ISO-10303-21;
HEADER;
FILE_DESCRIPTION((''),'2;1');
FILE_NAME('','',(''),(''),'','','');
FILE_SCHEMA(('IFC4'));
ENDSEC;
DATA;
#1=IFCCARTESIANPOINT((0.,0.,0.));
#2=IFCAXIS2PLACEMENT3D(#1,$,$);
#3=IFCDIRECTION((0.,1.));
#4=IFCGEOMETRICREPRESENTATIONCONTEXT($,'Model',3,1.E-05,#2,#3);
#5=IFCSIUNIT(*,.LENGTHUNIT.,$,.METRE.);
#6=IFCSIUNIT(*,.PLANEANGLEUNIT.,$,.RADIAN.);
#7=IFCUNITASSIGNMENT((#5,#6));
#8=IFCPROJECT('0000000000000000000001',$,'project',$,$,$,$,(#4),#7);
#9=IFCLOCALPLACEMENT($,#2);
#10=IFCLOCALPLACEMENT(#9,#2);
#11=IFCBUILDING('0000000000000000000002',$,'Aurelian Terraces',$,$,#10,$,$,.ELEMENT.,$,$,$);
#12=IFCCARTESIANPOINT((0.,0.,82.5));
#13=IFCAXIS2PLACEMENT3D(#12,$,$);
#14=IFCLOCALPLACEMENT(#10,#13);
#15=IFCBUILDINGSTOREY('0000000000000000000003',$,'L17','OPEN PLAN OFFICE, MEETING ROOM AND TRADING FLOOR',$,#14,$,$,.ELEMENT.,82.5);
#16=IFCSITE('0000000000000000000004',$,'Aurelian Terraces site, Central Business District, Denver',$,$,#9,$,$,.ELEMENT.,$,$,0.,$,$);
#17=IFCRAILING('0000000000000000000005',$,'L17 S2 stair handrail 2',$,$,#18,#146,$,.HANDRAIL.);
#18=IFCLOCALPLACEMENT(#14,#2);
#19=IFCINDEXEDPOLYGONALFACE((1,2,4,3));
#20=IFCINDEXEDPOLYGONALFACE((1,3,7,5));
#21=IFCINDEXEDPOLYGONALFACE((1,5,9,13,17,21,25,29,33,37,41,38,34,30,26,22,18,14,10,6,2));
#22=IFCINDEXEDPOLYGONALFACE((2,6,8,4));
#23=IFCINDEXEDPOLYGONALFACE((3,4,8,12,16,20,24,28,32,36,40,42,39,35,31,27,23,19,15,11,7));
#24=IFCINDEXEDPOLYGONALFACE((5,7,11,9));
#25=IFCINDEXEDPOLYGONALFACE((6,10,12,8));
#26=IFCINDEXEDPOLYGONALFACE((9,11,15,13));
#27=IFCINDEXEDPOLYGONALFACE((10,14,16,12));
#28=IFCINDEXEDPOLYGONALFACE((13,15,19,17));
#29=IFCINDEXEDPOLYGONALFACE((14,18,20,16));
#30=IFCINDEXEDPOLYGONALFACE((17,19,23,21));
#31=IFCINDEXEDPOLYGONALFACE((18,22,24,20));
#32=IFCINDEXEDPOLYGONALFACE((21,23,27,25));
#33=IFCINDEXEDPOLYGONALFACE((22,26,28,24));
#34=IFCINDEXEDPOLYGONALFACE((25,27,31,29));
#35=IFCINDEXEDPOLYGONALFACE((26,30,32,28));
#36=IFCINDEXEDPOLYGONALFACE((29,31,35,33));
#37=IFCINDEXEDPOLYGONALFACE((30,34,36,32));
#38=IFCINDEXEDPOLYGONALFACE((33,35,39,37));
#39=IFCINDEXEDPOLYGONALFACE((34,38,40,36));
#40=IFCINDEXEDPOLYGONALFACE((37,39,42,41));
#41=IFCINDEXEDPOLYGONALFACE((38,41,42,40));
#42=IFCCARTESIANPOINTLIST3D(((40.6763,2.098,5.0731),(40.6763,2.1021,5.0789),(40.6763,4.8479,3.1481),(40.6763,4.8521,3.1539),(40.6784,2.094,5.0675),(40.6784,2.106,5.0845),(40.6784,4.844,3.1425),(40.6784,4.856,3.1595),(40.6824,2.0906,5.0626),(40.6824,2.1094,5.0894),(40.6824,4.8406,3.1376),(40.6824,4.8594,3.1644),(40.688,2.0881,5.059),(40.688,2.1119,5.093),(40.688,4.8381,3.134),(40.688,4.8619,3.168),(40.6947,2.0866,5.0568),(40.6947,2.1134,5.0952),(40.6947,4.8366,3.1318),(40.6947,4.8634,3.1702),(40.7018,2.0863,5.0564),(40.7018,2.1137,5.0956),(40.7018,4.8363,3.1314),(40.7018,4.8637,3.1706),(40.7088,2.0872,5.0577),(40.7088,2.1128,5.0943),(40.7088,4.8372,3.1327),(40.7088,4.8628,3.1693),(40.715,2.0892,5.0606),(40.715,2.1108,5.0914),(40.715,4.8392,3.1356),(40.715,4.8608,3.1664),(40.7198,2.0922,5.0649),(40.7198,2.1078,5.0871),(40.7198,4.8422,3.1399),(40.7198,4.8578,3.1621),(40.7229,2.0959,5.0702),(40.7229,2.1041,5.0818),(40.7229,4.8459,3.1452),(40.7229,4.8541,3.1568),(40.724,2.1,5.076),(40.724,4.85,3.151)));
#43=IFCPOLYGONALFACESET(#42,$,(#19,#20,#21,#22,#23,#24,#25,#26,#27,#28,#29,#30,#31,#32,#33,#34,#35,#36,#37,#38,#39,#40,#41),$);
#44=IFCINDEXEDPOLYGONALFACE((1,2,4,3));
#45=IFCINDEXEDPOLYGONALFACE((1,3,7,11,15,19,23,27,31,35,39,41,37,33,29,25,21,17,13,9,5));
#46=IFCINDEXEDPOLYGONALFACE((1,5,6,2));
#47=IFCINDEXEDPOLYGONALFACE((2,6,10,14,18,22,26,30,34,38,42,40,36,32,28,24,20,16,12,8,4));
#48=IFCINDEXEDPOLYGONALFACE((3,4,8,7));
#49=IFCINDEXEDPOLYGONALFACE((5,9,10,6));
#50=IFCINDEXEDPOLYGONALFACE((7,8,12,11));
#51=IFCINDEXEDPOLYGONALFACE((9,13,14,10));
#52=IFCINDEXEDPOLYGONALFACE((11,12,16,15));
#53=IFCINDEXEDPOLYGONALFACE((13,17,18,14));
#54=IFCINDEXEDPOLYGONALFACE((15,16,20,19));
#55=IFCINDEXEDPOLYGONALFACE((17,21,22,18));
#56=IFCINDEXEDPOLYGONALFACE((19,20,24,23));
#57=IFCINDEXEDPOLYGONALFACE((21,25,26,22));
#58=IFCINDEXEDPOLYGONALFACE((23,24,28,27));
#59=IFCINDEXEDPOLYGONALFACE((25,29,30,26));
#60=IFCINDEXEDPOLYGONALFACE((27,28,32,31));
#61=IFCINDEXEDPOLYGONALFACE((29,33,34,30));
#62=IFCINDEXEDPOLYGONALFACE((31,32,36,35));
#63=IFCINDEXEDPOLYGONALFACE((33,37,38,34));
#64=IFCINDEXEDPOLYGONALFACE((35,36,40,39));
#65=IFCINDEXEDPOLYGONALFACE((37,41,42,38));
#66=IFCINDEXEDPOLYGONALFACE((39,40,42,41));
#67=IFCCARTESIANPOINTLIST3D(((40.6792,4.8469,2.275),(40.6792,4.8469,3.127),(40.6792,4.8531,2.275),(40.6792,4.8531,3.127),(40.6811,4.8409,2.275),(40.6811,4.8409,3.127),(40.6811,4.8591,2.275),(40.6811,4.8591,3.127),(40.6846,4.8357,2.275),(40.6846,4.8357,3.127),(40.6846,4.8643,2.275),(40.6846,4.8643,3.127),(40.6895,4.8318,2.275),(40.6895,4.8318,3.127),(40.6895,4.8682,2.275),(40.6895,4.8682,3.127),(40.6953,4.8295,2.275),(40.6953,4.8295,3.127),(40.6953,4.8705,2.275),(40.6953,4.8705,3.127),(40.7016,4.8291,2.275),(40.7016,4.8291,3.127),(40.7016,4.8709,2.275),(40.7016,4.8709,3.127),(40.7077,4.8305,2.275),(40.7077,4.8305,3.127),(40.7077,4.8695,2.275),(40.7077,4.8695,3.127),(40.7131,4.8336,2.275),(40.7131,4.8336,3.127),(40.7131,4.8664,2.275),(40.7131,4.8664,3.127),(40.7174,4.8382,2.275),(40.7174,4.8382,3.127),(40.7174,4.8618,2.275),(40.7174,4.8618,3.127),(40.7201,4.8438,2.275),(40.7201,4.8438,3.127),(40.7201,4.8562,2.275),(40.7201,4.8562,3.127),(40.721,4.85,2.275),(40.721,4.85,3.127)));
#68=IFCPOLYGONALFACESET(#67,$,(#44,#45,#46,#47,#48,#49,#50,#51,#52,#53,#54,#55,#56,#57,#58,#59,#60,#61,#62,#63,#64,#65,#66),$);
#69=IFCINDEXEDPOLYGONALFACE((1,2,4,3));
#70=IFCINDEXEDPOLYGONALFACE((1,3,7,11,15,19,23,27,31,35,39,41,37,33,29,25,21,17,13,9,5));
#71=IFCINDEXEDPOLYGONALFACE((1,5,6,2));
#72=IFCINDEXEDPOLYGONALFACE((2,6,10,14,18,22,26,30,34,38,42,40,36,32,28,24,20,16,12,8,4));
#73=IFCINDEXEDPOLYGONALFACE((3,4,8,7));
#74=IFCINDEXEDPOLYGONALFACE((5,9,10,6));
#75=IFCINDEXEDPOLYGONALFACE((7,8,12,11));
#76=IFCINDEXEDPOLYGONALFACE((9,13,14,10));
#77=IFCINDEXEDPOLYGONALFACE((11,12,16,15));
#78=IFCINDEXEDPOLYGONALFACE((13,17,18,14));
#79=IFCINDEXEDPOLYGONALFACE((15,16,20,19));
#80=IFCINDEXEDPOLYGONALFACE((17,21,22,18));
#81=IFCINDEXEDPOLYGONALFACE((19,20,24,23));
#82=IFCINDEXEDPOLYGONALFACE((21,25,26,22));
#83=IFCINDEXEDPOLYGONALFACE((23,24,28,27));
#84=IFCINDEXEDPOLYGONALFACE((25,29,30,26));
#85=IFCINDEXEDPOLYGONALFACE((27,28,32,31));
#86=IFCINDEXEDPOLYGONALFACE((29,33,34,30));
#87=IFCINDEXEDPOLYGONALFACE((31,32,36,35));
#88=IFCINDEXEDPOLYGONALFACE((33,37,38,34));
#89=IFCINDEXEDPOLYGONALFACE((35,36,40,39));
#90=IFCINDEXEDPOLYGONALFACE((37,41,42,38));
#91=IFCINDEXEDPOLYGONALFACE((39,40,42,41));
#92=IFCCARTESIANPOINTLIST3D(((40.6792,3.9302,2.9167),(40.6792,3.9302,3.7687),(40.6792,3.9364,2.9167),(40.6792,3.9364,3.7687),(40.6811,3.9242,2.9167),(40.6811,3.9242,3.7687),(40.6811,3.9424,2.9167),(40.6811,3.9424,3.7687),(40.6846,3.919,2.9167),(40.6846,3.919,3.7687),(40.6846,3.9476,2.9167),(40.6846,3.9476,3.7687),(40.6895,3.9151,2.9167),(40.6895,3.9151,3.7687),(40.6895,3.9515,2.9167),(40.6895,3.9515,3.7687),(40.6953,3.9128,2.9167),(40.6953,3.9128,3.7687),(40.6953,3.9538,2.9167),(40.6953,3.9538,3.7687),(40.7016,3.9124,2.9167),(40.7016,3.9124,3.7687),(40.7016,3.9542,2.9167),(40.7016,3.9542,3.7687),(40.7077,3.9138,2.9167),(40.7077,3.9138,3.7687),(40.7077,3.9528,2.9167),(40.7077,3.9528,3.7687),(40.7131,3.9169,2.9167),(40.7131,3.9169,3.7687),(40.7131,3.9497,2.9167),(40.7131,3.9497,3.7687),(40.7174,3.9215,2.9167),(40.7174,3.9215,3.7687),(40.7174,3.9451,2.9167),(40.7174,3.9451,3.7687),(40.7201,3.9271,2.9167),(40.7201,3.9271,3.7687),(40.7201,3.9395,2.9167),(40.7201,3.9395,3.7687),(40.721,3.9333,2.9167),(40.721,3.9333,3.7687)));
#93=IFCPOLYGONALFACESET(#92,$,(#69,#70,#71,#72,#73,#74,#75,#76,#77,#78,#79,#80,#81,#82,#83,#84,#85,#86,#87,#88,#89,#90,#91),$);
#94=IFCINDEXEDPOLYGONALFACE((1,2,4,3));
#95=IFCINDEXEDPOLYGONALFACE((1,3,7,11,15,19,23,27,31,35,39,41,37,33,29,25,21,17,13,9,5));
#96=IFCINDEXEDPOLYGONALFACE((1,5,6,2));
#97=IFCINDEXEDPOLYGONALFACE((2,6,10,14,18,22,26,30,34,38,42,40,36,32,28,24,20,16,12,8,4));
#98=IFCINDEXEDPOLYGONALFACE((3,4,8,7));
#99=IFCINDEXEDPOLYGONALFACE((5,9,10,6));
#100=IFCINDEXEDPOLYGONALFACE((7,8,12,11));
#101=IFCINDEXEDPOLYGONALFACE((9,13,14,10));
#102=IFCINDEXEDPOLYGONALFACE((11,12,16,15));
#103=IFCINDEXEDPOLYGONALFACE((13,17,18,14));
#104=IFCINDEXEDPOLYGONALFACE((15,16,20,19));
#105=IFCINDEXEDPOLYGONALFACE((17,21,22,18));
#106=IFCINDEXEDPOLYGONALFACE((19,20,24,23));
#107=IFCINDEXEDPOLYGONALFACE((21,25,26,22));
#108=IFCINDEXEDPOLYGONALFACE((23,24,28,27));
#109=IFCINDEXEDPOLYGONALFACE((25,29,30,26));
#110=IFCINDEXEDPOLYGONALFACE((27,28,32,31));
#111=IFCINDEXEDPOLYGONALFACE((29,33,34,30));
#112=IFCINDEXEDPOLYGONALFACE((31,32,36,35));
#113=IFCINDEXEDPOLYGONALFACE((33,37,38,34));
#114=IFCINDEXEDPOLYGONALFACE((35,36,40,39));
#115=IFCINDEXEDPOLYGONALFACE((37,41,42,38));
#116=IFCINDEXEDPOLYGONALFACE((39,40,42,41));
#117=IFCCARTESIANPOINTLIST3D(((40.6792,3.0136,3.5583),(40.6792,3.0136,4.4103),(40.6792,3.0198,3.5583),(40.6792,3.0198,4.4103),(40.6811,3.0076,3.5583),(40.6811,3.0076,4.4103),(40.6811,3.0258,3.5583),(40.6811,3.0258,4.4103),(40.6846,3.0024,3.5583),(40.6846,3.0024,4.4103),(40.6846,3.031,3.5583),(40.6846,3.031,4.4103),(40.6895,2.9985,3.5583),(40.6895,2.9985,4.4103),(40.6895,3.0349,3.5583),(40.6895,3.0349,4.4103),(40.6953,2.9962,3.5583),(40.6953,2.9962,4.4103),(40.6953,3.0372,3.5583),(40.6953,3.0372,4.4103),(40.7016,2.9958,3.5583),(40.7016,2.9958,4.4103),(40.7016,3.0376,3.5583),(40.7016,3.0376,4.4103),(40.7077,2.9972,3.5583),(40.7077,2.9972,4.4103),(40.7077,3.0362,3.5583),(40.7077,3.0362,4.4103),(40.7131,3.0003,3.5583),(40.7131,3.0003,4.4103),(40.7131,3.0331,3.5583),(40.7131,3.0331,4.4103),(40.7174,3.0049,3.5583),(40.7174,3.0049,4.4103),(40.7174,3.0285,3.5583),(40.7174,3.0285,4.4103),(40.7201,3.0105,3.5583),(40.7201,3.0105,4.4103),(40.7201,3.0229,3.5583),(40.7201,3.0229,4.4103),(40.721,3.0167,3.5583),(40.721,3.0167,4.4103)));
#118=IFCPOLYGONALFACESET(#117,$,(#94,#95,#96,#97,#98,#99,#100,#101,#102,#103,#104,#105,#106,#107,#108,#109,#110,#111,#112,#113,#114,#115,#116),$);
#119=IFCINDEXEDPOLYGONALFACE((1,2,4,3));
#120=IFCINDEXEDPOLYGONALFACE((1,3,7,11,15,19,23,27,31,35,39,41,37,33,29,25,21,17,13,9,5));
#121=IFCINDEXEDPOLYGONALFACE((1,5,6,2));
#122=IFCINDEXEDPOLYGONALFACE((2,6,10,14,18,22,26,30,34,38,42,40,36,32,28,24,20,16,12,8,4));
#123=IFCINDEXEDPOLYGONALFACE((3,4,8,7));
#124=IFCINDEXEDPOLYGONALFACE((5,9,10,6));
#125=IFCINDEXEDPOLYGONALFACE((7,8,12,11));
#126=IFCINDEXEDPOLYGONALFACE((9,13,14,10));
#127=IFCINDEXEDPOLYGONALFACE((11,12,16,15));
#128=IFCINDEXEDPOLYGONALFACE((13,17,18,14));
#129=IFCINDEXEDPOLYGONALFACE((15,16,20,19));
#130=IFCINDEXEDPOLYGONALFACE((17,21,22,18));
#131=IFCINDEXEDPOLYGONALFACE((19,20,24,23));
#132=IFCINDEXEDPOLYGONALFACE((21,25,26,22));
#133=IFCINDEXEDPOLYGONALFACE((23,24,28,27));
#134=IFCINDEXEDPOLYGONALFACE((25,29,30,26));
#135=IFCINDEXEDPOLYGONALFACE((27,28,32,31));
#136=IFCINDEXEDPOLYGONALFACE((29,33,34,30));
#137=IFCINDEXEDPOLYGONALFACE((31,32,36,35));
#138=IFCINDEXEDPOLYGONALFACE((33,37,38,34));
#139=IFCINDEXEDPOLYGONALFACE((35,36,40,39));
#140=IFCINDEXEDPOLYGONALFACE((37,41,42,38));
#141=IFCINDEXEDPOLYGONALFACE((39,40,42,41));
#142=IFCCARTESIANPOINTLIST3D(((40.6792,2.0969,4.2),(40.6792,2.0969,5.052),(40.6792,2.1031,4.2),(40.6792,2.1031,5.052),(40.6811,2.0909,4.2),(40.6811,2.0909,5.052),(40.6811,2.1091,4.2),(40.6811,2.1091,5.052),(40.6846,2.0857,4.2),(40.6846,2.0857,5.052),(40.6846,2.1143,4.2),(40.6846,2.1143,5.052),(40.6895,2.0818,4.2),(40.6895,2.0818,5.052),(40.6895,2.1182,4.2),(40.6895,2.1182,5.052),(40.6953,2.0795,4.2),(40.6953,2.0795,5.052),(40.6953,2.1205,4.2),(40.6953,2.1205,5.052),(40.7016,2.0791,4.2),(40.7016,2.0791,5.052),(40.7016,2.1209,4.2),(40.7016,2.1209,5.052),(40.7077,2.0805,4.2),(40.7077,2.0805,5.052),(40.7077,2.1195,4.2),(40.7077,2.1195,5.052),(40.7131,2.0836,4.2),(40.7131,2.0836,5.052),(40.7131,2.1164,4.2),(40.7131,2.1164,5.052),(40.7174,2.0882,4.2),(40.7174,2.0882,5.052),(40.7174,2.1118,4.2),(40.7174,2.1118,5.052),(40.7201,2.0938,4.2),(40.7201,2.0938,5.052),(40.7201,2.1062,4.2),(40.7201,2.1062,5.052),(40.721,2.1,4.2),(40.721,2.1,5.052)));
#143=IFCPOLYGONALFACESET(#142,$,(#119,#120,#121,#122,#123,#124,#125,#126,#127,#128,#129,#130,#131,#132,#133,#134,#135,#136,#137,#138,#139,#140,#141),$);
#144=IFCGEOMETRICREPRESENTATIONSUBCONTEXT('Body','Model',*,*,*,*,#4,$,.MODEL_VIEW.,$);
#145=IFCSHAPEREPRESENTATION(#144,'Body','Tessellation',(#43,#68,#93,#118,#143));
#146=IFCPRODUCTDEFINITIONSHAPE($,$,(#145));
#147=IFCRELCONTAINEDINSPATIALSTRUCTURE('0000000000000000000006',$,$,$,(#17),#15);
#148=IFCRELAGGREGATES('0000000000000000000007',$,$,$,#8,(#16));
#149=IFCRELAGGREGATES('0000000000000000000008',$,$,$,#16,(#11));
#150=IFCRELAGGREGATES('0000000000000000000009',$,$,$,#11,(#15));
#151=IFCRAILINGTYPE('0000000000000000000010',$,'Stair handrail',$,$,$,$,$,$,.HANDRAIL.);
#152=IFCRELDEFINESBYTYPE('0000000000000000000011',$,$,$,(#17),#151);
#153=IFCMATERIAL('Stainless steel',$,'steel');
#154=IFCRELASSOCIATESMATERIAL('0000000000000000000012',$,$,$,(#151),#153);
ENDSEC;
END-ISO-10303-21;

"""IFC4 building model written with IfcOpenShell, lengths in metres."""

from ifc_helpers import new_model, si_unit, direction, frame, origin, origin_2d, place, context, subcontext, project, spatial, circle, extrude, source, transform, mapped, material, type_object, element, save


model = new_model("IFC4")

# Units and contexts
model_context = context("Model", 3, precision=1e-05, world=origin(), true_north=direction((0.0, 1.0)))
body_context = subcontext(model_context, "Body", "Model", "MODEL_VIEW")
ifc_project = project(units=[si_unit("LENGTHUNIT", "METRE"), si_unit("PLANEANGLEUNIT", "RADIAN")], contexts=[model_context])

# Site, building, storey
site_placement = place(None, origin())
site = spatial("IfcSite", under=ifc_project, at=site_placement, Name="Aurelian Terraces site, Central Business District, Denver", CompositionType="ELEMENT", RefElevation=0.0)
building_placement = place(site_placement, origin())
building = spatial("IfcBuilding", under=site, at=building_placement, Name="Aurelian Terraces", CompositionType="ELEMENT")
storey_placement = place(building_placement, frame((0.0, 0.0, 82.5)))
storey = spatial("IfcBuildingStorey", under=building, at=storey_placement, Name="L17", Description="OPEN PLAN OFFICE, MEETING ROOM AND TRADING FLOOR", CompositionType="ELEMENT", Elevation=82.5)

# Railing
ifc_material_1 = material(Name="Stainless steel", Category="steel")
railing_type_1 = type_object("IfcRailingType", Name="Stair handrail", PredefinedType="HANDRAIL", material=ifc_material_1)
shared_shape_1 = source(origin(), body_context, "Body", "SweptSolid", [
    extrude(circle(Radius=0.024, at=origin_2d()), frame((0.0, 0.0, 0.876), z_axis=(0.0, -0.819232, 0.573462), x_axis=(1.0, 0.0, 0.0)), (0.0, 0.0, 1.0), 3.3568),
    extrude(circle(Radius=0.021, at=origin_2d()), origin(), (0.0, 0.0, 1.0), 0.852),
    extrude(circle(Radius=0.021, at=origin_2d()), frame((0.0, -0.9167, 0.6417)), (0.0, 0.0, 1.0), 0.852),
    extrude(circle(Radius=0.021, at=origin_2d()), frame((0.0, -1.8333, 1.2833)), (0.0, 0.0, 1.0), 0.852),
    extrude(circle(Radius=0.021, at=origin_2d()), frame((0.0, -2.75, 1.925)), (0.0, 0.0, 1.0), 0.852),
])
railing_1_placement = place(storey_placement, frame((40.7, 4.85, 2.275)))
element("IfcRailing", 1, at=railing_1_placement, inside=storey, type_object=railing_type_1, Name="L17 S2 stair handrail 2", PredefinedType="HANDRAIL", context=body_context, shape_type="MappedRepresentation", body=[
    mapped(shared_shape_1, transform((0.0, 0.0, 0.0), scale=1.0)),
])

save(model, "model.ifc")
